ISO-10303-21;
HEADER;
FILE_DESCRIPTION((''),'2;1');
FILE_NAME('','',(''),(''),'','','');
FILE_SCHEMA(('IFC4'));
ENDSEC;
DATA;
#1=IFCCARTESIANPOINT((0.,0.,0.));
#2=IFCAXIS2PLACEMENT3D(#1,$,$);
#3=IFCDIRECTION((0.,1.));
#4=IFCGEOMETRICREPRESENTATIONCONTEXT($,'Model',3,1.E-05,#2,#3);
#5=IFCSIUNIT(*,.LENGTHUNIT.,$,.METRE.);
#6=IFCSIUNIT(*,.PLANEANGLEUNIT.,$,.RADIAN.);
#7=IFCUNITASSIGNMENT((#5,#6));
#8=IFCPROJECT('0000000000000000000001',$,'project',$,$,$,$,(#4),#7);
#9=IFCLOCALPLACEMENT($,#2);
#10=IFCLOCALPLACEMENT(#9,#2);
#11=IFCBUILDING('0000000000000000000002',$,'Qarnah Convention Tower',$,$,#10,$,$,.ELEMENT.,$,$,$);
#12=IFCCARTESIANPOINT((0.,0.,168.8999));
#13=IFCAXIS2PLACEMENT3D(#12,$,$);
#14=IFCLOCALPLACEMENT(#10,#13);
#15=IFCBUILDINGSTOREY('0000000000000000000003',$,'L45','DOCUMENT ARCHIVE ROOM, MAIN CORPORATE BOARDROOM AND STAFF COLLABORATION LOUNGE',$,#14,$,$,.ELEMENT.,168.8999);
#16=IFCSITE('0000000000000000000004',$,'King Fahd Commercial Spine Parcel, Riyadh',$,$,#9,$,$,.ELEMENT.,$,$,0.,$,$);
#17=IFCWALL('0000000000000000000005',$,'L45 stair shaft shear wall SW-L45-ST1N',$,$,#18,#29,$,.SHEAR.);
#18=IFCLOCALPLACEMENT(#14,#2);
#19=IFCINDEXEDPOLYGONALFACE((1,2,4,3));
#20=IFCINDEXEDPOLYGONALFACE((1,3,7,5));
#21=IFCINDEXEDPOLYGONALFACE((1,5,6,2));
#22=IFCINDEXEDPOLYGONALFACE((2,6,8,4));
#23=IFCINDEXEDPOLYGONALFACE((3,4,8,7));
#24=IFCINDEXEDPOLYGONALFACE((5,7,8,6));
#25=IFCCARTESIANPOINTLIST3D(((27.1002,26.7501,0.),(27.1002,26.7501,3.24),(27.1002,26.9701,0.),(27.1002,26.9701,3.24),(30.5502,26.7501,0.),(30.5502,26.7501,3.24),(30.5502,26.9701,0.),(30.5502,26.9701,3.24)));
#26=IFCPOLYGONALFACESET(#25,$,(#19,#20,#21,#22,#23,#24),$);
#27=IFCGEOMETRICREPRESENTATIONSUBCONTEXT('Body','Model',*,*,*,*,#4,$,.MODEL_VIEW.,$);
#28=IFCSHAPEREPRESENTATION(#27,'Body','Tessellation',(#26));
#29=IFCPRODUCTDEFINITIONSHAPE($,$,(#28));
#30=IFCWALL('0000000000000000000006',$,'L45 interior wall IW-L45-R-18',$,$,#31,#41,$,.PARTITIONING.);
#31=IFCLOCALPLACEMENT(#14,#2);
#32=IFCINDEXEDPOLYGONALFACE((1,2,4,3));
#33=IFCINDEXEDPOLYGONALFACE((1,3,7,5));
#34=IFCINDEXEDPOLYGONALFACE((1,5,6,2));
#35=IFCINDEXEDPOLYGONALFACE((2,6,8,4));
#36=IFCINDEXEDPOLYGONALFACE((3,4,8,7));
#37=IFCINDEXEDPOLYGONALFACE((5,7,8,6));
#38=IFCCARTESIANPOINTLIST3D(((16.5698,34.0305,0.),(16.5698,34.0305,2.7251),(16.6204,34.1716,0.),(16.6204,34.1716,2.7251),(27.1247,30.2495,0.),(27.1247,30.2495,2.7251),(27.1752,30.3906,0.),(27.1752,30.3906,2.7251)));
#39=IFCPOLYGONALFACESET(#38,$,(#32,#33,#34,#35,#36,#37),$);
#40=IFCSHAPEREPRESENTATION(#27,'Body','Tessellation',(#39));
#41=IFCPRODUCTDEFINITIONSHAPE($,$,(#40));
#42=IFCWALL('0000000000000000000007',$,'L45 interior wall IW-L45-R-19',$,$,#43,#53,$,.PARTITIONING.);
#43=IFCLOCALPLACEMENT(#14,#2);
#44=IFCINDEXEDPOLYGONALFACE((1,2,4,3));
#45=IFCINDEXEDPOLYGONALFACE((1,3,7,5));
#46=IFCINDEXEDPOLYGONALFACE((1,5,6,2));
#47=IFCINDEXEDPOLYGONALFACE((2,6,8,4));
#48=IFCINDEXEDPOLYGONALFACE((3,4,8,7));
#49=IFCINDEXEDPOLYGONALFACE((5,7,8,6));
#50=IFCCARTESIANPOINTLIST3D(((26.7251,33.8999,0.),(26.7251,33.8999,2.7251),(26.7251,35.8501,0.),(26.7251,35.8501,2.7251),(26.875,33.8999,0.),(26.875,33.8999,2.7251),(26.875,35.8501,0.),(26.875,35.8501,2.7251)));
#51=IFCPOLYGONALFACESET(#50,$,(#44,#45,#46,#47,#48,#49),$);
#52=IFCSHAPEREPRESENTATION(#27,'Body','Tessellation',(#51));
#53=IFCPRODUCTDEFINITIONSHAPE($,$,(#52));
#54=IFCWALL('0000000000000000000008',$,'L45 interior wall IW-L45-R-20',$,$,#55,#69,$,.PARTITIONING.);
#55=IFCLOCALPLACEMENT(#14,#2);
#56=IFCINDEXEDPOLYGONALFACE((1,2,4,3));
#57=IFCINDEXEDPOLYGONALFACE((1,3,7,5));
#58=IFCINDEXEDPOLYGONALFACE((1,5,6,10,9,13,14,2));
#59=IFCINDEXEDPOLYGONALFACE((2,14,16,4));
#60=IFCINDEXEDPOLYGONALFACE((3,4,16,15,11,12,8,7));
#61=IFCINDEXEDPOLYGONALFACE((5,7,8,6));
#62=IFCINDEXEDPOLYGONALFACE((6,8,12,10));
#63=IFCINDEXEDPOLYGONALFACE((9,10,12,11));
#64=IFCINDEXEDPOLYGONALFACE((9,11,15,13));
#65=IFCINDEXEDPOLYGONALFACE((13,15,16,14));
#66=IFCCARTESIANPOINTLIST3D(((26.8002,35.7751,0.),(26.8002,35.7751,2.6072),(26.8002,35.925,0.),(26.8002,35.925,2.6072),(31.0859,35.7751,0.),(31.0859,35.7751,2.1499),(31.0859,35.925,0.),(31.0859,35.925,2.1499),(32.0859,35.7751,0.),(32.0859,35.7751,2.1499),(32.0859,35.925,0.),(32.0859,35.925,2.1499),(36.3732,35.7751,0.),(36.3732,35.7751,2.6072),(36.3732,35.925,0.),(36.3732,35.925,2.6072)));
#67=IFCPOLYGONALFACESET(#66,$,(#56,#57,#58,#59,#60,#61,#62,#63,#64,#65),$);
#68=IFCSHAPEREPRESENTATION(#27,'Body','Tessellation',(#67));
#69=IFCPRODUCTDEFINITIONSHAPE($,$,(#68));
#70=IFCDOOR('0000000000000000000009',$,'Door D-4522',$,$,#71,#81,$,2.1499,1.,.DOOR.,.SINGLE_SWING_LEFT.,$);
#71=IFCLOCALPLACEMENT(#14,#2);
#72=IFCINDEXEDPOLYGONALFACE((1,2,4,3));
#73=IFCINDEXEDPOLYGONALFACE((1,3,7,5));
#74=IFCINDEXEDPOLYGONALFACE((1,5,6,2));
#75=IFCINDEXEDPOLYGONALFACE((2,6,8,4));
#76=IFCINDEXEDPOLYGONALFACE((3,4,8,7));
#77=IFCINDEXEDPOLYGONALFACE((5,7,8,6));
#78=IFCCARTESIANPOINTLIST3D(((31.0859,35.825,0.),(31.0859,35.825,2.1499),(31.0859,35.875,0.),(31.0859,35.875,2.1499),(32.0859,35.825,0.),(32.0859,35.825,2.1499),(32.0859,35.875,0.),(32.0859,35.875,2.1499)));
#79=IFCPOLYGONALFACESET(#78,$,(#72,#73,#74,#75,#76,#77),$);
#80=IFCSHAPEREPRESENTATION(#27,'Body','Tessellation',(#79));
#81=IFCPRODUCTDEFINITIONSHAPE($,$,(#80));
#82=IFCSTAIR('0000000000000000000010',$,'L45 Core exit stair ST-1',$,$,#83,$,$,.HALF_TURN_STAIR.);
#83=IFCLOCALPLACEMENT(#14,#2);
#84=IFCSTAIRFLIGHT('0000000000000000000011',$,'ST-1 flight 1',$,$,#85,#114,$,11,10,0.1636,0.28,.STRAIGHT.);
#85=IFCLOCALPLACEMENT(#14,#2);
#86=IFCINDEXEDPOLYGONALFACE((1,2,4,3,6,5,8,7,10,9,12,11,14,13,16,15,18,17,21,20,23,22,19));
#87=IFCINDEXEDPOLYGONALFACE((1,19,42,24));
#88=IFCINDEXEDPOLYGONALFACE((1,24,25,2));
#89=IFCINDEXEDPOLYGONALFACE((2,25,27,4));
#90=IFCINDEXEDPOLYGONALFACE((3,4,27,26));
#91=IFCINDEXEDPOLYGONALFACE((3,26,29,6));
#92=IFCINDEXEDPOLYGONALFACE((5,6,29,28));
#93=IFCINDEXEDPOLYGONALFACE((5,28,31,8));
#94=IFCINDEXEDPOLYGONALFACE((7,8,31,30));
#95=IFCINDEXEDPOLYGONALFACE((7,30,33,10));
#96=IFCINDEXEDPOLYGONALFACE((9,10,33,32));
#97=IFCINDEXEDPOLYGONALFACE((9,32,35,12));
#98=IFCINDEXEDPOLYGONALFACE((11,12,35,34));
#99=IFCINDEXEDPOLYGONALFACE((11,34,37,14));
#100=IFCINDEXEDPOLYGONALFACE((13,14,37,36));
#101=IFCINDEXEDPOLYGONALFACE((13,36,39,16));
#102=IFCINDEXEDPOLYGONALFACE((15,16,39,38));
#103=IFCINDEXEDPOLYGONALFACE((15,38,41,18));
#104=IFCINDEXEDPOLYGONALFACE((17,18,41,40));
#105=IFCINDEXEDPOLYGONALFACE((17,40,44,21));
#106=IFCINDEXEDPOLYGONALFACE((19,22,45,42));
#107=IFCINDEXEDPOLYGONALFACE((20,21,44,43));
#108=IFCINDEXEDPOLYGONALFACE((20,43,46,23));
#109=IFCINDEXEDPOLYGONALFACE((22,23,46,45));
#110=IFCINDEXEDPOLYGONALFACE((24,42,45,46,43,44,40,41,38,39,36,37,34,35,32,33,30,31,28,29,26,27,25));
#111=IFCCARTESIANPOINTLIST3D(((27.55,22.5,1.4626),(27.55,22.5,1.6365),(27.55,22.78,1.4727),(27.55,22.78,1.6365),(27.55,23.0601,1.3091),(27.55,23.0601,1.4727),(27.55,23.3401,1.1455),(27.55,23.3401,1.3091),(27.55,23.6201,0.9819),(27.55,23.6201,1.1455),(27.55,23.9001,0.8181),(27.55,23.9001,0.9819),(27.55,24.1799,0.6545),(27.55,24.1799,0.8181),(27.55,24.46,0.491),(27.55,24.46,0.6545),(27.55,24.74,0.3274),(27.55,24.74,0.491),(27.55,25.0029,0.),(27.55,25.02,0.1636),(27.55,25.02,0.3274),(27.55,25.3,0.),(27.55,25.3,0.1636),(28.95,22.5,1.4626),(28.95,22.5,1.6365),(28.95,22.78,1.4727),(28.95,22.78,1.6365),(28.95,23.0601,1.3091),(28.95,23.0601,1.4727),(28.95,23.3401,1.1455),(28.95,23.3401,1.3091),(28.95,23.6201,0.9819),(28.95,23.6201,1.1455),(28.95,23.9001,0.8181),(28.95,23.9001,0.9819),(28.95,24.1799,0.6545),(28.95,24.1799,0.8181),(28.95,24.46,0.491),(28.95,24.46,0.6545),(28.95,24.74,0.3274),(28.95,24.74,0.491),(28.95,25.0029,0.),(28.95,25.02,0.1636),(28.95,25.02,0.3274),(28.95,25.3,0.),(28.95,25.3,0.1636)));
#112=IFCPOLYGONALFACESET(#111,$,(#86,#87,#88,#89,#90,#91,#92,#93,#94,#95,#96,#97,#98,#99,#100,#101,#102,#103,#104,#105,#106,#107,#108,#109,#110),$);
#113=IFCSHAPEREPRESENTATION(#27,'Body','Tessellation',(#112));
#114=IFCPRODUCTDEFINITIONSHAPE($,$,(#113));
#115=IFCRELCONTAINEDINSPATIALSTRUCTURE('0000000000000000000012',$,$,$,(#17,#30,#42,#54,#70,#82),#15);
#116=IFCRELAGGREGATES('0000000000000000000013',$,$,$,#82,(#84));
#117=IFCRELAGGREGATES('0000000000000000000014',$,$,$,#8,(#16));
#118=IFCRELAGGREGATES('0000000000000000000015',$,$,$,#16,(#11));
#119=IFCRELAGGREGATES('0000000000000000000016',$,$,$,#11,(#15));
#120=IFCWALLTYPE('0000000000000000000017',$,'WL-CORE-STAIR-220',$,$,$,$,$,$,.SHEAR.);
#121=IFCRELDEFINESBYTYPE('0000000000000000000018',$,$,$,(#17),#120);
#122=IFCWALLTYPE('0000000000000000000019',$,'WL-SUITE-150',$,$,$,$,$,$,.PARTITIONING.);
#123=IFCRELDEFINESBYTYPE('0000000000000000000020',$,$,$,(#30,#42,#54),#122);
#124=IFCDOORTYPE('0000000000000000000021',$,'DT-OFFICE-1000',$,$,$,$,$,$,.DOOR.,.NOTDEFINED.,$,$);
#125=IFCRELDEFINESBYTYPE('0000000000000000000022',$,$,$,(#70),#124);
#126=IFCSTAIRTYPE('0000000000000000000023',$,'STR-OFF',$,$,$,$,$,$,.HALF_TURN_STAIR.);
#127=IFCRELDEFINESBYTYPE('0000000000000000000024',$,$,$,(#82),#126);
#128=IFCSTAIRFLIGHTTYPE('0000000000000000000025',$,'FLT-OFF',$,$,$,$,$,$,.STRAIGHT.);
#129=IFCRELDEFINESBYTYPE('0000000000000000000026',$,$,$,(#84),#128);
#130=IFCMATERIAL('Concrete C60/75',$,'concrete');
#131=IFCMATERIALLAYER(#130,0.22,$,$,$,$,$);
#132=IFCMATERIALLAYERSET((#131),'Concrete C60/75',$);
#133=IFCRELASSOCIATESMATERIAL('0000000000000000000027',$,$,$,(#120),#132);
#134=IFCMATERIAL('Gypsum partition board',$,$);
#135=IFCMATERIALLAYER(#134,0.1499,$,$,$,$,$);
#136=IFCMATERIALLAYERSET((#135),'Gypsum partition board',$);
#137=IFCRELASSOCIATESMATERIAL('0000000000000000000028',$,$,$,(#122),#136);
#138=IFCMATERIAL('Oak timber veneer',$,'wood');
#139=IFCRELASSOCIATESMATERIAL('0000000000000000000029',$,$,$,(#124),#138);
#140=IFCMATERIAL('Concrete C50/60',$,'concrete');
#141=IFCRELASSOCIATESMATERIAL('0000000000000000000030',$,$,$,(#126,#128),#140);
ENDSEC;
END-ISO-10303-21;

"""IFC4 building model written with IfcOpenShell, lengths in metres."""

from ifc_helpers import new_model, si_unit, direction, frame, frame_2d, origin, place, context, subcontext, project, spatial, polyline, rectangle, outline, extrude, material, layer, layer_set, type_object, element, fill, aggregate, save


model = new_model("IFC4")

# Units and contexts
model_context = context("Model", 3, precision=1e-05, world=origin(), true_north=direction((0.0, 1.0)))
body_context = subcontext(model_context, "Body", "Model", "MODEL_VIEW")
ifc_project = project(units=[si_unit("LENGTHUNIT", "METRE"), si_unit("PLANEANGLEUNIT", "RADIAN")], contexts=[model_context])

# Site, building, storey
site_placement = place(None, origin())
site = spatial("IfcSite", under=ifc_project, at=site_placement, Name="King Fahd Commercial Spine Parcel, Riyadh", CompositionType="ELEMENT", RefElevation=0.0)
building_placement = place(site_placement, origin())
building = spatial("IfcBuilding", under=site, at=building_placement, Name="Qarnah Convention Tower", CompositionType="ELEMENT")
storey_placement = place(building_placement, frame((0.0, 0.0, 168.8999)))
storey = spatial("IfcBuildingStorey", under=building, at=storey_placement, Name="L45", Description="DOCUMENT ARCHIVE ROOM, MAIN CORPORATE BOARDROOM AND STAFF COLLABORATION LOUNGE", CompositionType="ELEMENT", Elevation=168.8999)

# Shared definitions
ifc_material_1 = material(Name="Concrete C60/75", Category="concrete")

# Walls
ifc_layer_1 = layer(ifc_material_1, 0.22)
ifc_layer_set_1 = layer_set([ifc_layer_1], Name="Concrete C60/75")
wall_type_1 = type_object("IfcWallType", Name="WL-CORE-STAIR-220", PredefinedType="SHEAR", material=ifc_layer_set_1)
wall_1_placement = place(storey_placement, frame((27.1001, 26.8601, 0.0), z_axis=(0.0, 0.0, 1.0), x_axis=(1.0, 0.0, 0.0)))
element("IfcWall", 1, at=wall_1_placement, inside=storey, type_object=wall_type_1, Name="L45 stair shaft shear wall SW-L45-ST1N", PredefinedType="SHEAR", context=body_context, shape_type="SweptSolid", body=[
    extrude(rectangle(XDim=3.45, YDim=0.22, at=frame_2d((1.7251, 0.0))), origin(), (0.0, 0.0, 1.0), 3.24),
])
ifc_material_2 = material(Name="Gypsum partition board")
ifc_layer_2 = layer(ifc_material_2, 0.1499)
ifc_layer_set_2 = layer_set([ifc_layer_2], Name="Gypsum partition board")
wall_type_2 = type_object("IfcWallType", Name="WL-SUITE-150", PredefinedType="PARTITIONING", material=ifc_layer_set_2)
wall_2_placement = place(storey_placement, frame((16.595, 34.1011, 0.0), z_axis=(0.0, 0.0, 1.0), x_axis=(0.94142, -0.337237, 0.0)))
element("IfcWall", 2, at=wall_2_placement, inside=storey, type_object=wall_type_2, Name="L45 interior wall IW-L45-R-18", PredefinedType="PARTITIONING", context=body_context, shape_type="SweptSolid", body=[
    extrude(rectangle(XDim=11.2117, YDim=0.1499, at=frame_2d((5.606, 0.0))), origin(), (0.0, 0.0, 1.0), 2.7251),
])
wall_3_placement = place(storey_placement, frame((26.8, 33.8999, 0.0), z_axis=(0.0, 0.0, 1.0), x_axis=(0.0, 1.0, 0.0)))
element("IfcWall", 3, at=wall_3_placement, inside=storey, type_object=wall_type_2, Name="L45 interior wall IW-L45-R-19", PredefinedType="PARTITIONING", context=body_context, shape_type="SweptSolid", body=[
    extrude(rectangle(XDim=1.9502, YDim=0.1499, at=frame_2d((0.9751, 0.0))), origin(), (0.0, 0.0, 1.0), 2.7251),
])

# Wall, opening, door
wall_4_placement = place(storey_placement, frame((26.8, 35.8501, 0.0), z_axis=(0.0, 0.0, 1.0), x_axis=(1.0, 0.0, 0.0)))
wall_4 = element("IfcWall", 4, at=wall_4_placement, inside=storey, type_object=wall_type_2, Name="L45 interior wall IW-L45-R-20", PredefinedType="PARTITIONING", context=body_context, shape_type="SweptSolid", body=[
    extrude(rectangle(XDim=9.573, YDim=0.1499, at=frame_2d((4.7866, 0.0))), origin(), (0.0, 0.0, 1.0), 2.6072),
])
opening_1_placement = place(wall_4_placement, frame((4.2859, 0.0, 0.0)))
opening_1 = element("IfcOpeningElement", 5, at=opening_1_placement, cuts=wall_4, PredefinedType="OPENING", context=body_context, shape_type="SweptSolid", body=[
    extrude(rectangle(XDim=1.0, YDim=2.1499, at=frame_2d((0.5, 1.075))), frame((0.0, 0.085, 0.0), z_axis=(0.0, -1.0, 0.0), x_axis=(1.0, 0.0, 0.0)), (0.0, 0.0, 1.0), 0.1699),
])
ifc_material_3 = material(Name="Oak timber veneer", Category="wood")
door_type_1 = type_object("IfcDoorType", Name="DT-OFFICE-1000", OperationType="NOTDEFINED", PredefinedType="DOOR", material=ifc_material_3)
door_1_placement = place(opening_1_placement, origin())
door_1 = element("IfcDoor", 6, at=door_1_placement, inside=storey, type_object=door_type_1, Name="Door D-4522", OperationType="SINGLE_SWING_LEFT", OverallHeight=2.1499, OverallWidth=1.0, PredefinedType="DOOR", context=body_context, shape_type="SweptSolid", body=[
    extrude(rectangle(XDim=1.0, YDim=2.1499, at=frame_2d((0.5, 1.075))), frame((0.0, 0.0249, 0.0), z_axis=(0.0, -1.0, 0.0), x_axis=(1.0, 0.0, 0.0)), (0.0, 0.0, 1.0), 0.05),
])
fill(opening_1, door_1)

# Stair, stair flight
ifc_material_4 = material(Name="Concrete C50/60", Category="concrete")
stair_type = type_object("IfcStairType", Name="STR-OFF", PredefinedType="HALF_TURN_STAIR", material=ifc_material_4)
stair_placement = place(storey_placement, origin())
stair = element("IfcStair", 7, at=stair_placement, inside=storey, type_object=stair_type, Name="L45 Core exit stair ST-1", PredefinedType="HALF_TURN_STAIR")
stair_flight_type = type_object("IfcStairFlightType", Name="FLT-OFF", PredefinedType="STRAIGHT", material=ifc_material_4)
stair_flight_placement = place(storey_placement, frame((28.25, 25.3, 0.0), z_axis=(0.0, 0.0, 1.0), x_axis=(0.0, -1.0, 0.0)))
stair_flight = element("IfcStairFlight", 8, at=stair_flight_placement, type_object=stair_flight_type, Name="ST-1 flight 1", NumberOfRisers=11, NumberOfTreads=10, PredefinedType="STRAIGHT", RiserHeight=0.1636, TreadLength=0.28, context=body_context, shape_type="SweptSolid", body=[
    extrude(outline(polyline([(0.0, 0.0), (0.0, 0.1636), (0.28, 0.1636), (0.28, 0.3274), (0.5601, 0.3274), (0.5601, 0.491), (0.8401, 0.491), (0.8401, 0.6545), (1.1201, 0.6545), (1.1201, 0.8181), (1.3999, 0.8181), (1.3999, 0.9819), (1.6799, 0.9819), (1.6799, 1.1455), (1.96, 1.1455), (1.96, 1.3091), (2.24, 1.3091), (2.24, 1.4727), (2.52, 1.4727), (2.52, 1.6365), (2.8, 1.6365), (2.8, 1.8), (2.8, 1.4626), (0.2971, 0.0), (0.0, 0.0)])), frame((0.0, 0.7, 0.0), z_axis=(0.0, -1.0, 0.0), x_axis=(1.0, 0.0, 0.0)), (0.0, 0.0, 1.0), 1.3999),
])
aggregate(stair, [stair_flight])

save(model, "model.ifc")
